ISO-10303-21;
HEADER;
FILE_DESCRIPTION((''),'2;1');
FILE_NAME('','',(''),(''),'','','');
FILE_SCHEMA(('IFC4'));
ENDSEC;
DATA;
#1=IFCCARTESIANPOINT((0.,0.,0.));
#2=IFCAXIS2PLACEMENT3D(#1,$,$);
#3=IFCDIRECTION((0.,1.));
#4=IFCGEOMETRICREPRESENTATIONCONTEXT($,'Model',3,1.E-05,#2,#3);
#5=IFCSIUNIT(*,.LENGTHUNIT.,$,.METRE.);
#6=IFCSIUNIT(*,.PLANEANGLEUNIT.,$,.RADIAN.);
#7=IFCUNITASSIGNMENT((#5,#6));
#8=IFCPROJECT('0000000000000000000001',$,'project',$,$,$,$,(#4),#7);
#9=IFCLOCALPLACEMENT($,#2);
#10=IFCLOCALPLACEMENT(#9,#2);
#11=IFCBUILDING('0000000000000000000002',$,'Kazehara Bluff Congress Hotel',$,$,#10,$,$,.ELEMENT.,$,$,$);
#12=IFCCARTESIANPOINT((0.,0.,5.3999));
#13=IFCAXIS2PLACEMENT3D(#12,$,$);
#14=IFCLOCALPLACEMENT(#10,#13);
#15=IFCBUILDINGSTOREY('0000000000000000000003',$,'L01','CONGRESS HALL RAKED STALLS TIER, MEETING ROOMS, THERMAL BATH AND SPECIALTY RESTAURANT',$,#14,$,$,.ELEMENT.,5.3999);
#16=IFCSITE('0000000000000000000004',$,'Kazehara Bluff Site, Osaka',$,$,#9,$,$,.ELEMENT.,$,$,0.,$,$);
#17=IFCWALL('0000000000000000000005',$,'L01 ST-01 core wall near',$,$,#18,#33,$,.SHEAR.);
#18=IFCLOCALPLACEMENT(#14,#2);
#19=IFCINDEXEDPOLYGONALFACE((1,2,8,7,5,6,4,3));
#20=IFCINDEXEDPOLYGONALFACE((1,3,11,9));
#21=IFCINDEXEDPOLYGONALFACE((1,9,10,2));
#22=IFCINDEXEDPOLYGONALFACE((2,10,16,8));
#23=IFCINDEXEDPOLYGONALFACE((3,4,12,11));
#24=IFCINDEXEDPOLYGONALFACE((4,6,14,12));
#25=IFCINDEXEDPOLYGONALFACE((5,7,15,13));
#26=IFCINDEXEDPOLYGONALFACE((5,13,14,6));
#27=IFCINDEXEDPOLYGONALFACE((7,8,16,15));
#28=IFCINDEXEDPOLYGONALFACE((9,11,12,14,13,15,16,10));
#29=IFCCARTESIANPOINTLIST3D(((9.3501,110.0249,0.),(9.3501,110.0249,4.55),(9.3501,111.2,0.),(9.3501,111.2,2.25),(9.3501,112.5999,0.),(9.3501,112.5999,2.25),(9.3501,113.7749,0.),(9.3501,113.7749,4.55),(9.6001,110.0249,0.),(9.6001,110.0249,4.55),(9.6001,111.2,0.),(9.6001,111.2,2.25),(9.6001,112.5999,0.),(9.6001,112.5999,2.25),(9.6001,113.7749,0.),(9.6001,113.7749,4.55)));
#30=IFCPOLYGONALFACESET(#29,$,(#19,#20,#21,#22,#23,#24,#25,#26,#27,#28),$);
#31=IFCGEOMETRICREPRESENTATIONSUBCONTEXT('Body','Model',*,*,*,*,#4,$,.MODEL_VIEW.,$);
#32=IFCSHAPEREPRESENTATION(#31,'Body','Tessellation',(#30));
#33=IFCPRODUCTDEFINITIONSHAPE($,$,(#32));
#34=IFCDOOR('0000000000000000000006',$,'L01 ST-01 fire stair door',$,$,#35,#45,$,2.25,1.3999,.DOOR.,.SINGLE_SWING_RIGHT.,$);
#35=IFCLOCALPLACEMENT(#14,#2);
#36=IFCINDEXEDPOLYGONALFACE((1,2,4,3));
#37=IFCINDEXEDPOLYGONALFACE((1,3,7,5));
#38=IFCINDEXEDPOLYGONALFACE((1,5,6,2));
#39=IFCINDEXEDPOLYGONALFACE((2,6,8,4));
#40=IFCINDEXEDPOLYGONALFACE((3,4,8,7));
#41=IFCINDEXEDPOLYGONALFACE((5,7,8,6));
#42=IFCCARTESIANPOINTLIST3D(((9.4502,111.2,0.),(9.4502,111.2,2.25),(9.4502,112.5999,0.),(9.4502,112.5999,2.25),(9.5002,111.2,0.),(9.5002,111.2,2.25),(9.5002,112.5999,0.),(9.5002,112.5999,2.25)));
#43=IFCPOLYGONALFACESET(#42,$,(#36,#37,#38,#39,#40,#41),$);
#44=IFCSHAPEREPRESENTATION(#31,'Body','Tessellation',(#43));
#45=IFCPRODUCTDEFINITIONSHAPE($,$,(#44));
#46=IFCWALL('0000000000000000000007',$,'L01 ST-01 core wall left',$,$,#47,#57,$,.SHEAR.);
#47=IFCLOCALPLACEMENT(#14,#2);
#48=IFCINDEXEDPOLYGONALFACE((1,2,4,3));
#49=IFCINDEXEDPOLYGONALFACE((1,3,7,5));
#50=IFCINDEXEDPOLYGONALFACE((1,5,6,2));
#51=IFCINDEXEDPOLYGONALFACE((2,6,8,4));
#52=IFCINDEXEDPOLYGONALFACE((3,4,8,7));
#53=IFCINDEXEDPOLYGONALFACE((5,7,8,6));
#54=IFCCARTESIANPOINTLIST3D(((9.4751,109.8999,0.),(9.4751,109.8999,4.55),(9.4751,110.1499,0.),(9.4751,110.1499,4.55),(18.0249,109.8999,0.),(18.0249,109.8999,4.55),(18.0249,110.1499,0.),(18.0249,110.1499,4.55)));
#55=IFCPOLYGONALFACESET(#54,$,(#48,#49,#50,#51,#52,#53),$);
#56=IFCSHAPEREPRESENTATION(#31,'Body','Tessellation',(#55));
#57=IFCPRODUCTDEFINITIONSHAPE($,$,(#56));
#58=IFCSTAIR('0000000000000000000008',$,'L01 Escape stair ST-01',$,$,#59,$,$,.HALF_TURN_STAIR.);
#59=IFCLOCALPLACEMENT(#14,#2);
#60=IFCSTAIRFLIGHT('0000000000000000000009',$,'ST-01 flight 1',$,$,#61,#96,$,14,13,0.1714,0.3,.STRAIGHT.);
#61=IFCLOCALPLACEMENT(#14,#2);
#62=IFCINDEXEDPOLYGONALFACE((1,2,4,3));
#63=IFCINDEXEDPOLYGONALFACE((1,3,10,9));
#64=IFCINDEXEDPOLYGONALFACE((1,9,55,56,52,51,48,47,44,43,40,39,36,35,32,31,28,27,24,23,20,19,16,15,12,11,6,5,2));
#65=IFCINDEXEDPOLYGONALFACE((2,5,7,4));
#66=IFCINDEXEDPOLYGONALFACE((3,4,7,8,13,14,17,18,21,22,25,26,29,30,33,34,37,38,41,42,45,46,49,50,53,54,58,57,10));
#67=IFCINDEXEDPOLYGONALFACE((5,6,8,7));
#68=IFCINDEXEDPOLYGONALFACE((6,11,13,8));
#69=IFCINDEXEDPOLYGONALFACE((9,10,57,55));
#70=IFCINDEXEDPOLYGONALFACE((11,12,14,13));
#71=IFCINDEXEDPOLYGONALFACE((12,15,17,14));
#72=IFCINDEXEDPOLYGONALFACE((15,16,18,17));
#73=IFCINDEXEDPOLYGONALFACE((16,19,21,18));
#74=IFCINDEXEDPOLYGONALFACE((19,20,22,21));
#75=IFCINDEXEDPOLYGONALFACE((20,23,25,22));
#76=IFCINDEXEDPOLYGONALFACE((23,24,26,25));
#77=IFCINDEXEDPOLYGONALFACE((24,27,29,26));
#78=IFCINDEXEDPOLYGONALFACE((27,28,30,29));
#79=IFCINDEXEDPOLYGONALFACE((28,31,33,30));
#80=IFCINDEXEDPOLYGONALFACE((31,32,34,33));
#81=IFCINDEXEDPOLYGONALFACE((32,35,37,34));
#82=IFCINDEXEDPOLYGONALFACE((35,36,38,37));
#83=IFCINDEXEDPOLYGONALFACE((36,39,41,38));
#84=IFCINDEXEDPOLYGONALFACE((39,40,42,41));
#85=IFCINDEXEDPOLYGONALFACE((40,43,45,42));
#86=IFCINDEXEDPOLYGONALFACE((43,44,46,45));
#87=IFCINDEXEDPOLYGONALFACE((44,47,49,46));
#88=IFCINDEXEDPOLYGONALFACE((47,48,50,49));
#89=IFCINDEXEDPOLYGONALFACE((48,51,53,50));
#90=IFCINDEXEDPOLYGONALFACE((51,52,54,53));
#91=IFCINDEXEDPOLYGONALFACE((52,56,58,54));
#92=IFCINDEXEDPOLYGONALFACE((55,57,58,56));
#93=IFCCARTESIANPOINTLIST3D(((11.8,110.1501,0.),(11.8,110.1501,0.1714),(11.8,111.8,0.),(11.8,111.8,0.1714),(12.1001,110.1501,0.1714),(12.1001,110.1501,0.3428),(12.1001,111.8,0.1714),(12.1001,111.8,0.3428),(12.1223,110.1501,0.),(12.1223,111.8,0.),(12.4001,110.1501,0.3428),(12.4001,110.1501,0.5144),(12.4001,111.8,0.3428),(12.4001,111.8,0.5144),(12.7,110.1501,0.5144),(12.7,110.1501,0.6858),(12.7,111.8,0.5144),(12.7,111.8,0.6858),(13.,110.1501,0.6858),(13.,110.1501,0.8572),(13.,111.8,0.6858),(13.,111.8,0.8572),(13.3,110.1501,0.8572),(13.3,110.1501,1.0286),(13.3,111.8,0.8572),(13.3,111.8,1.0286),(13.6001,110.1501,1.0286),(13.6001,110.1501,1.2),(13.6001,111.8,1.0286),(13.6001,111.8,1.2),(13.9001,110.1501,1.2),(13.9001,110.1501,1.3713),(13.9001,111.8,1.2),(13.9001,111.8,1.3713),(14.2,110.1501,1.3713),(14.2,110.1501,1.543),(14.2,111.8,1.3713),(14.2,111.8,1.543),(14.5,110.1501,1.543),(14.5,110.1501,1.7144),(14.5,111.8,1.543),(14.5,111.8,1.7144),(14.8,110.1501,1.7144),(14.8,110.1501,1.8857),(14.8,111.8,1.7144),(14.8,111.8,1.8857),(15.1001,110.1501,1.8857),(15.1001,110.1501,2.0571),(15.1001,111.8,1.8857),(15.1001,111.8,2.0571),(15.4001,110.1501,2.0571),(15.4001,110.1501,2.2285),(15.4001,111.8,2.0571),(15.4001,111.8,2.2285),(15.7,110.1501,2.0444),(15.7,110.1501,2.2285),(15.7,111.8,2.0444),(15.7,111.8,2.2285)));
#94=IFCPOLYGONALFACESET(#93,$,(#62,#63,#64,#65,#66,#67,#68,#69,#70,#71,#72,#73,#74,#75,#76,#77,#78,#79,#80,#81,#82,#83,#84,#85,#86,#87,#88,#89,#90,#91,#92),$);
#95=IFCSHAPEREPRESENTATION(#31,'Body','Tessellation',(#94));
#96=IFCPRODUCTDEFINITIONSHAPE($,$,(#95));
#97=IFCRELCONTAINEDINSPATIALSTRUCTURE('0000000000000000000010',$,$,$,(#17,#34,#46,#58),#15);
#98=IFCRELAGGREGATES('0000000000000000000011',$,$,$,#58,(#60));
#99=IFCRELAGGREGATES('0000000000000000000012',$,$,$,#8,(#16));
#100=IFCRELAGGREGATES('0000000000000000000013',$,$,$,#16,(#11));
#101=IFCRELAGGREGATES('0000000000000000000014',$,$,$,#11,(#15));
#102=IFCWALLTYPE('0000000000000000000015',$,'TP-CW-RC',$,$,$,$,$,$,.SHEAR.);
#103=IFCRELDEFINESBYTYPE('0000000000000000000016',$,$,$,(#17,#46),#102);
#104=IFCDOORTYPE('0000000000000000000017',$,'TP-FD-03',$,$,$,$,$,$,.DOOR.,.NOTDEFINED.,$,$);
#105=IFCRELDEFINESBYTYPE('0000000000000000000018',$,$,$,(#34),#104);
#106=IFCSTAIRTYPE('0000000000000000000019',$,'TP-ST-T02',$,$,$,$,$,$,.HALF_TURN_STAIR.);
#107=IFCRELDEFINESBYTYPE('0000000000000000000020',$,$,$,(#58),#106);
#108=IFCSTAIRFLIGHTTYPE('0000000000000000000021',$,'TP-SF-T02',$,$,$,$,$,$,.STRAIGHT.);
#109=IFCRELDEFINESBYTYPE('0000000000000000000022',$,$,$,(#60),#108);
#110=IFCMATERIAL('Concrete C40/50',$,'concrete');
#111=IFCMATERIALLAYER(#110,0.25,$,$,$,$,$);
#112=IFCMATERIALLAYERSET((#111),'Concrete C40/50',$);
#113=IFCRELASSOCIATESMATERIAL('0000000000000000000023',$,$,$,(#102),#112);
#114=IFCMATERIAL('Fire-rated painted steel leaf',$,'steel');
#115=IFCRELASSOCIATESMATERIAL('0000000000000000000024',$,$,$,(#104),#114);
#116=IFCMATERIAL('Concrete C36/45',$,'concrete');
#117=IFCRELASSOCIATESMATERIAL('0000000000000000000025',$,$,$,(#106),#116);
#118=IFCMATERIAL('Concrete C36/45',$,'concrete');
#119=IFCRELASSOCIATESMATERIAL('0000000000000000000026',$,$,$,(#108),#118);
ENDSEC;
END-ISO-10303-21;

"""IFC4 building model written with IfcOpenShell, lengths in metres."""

from ifc_helpers import new_model, si_unit, direction, frame, frame_2d, origin, place, context, subcontext, project, spatial, polyline, rectangle, outline, extrude, material, layer, layer_set, type_object, element, fill, aggregate, save


model = new_model("IFC4")

# Units and contexts
model_context = context("Model", 3, precision=1e-05, world=origin(), true_north=direction((0.0, 1.0)))
body_context = subcontext(model_context, "Body", "Model", "MODEL_VIEW")
ifc_project = project(units=[si_unit("LENGTHUNIT", "METRE"), si_unit("PLANEANGLEUNIT", "RADIAN")], contexts=[model_context])

# Site, building, storey
site_placement = place(None, origin())
site = spatial("IfcSite", under=ifc_project, at=site_placement, Name="Kazehara Bluff Site, Osaka", CompositionType="ELEMENT", RefElevation=0.0)
building_placement = place(site_placement, origin())
building = spatial("IfcBuilding", under=site, at=building_placement, Name="Kazehara Bluff Congress Hotel", CompositionType="ELEMENT")
storey_placement = place(building_placement, frame((0.0, 0.0, 5.3999)))
storey = spatial("IfcBuildingStorey", under=building, at=storey_placement, Name="L01", Description="CONGRESS HALL RAKED STALLS TIER, MEETING ROOMS, THERMAL BATH AND SPECIALTY RESTAURANT", CompositionType="ELEMENT", Elevation=5.3999)

# Wall, opening, door
ifc_material_1 = material(Name="Concrete C40/50", Category="concrete")
ifc_layer = layer(ifc_material_1, 0.25)
ifc_layer_set = layer_set([ifc_layer], Name="Concrete C40/50")
wall_type = type_object("IfcWallType", Name="TP-CW-RC", PredefinedType="SHEAR", material=ifc_layer_set)
wall_1_placement = place(storey_placement, frame((9.4751, 110.0249, 0.0), z_axis=(0.0, 0.0, 1.0), x_axis=(0.0, 1.0, 0.0)))
wall_1 = element("IfcWall", 1, at=wall_1_placement, inside=storey, type_object=wall_type, Name="L01 ST-01 core wall near", PredefinedType="SHEAR", context=body_context, shape_type="SweptSolid", body=[
    extrude(rectangle(XDim=3.75, YDim=0.25, at=frame_2d((1.875, 0.0))), origin(), (0.0, 0.0, 1.0), 4.55),
])
opening_placement = place(wall_1_placement, frame((1.175, 0.0, 0.0)))
opening = element("IfcOpeningElement", 2, at=opening_placement, cuts=wall_1, PredefinedType="OPENING", context=body_context, shape_type="SweptSolid", body=[
    extrude(rectangle(XDim=1.3999, YDim=2.25, at=frame_2d((0.7, 1.125))), frame((0.0, 0.135, 0.0), z_axis=(0.0, -1.0, 0.0), x_axis=(1.0, 0.0, 0.0)), (0.0, 0.0, 1.0), 0.27),
])
ifc_material_2 = material(Name="Fire-rated painted steel leaf", Category="steel")
door_type = type_object("IfcDoorType", Name="TP-FD-03", OperationType="NOTDEFINED", PredefinedType="DOOR", material=ifc_material_2)
door_placement = place(opening_placement, origin())
door = element("IfcDoor", 3, at=door_placement, inside=storey, type_object=door_type, Name="L01 ST-01 fire stair door", OperationType="SINGLE_SWING_RIGHT", OverallHeight=2.25, OverallWidth=1.3999, PredefinedType="DOOR", context=body_context, shape_type="SweptSolid", body=[
    extrude(rectangle(XDim=1.3999, YDim=2.25, at=frame_2d((0.7, 1.125))), frame((0.0, 0.0249, 0.0), z_axis=(0.0, -1.0, 0.0), x_axis=(1.0, 0.0, 0.0)), (0.0, 0.0, 1.0), 0.05),
])
fill(opening, door)

# Wall
wall_2_placement = place(storey_placement, frame((18.0249, 110.0249, 0.0), z_axis=(0.0, 0.0, 1.0), x_axis=(-1.0, 0.0, 0.0)))
element("IfcWall", 4, at=wall_2_placement, inside=storey, type_object=wall_type, Name="L01 ST-01 core wall left", PredefinedType="SHEAR", context=body_context, shape_type="SweptSolid", body=[
    extrude(rectangle(XDim=8.5498, YDim=0.25, at=frame_2d((4.2749, 0.0))), origin(), (0.0, 0.0, 1.0), 4.55),
])

# Stair, stair flight
ifc_material_3 = material(Name="Concrete C36/45", Category="concrete")
stair_type = type_object("IfcStairType", Name="TP-ST-T02", PredefinedType="HALF_TURN_STAIR", material=ifc_material_3)
stair_placement = place(storey_placement, origin())
stair = element("IfcStair", 5, at=stair_placement, inside=storey, type_object=stair_type, Name="L01 Escape stair ST-01", PredefinedType="HALF_TURN_STAIR")
ifc_material_4 = material(Name="Concrete C36/45", Category="concrete")
stair_flight_type = type_object("IfcStairFlightType", Name="TP-SF-T02", PredefinedType="STRAIGHT", material=ifc_material_4)
stair_flight_placement = place(storey_placement, frame((11.8, 110.9751, 0.0), z_axis=(0.0, 0.0, 1.0), x_axis=(1.0, 0.0, 0.0)))
stair_flight = element("IfcStairFlight", 6, at=stair_flight_placement, type_object=stair_flight_type, Name="ST-01 flight 1", NumberOfRisers=14, NumberOfTreads=13, PredefinedType="STRAIGHT", RiserHeight=0.1714, TreadLength=0.3, context=body_context, shape_type="SweptSolid", body=[
    extrude(outline(polyline([(0.0, 0.0), (0.0, 0.1714), (0.3, 0.1714), (0.3, 0.3428), (0.6001, 0.3428), (0.6001, 0.5144), (0.8999, 0.5144), (0.8999, 0.6858), (1.2, 0.6858), (1.2, 0.8572), (1.5, 0.8572), (1.5, 1.0286), (1.8, 1.0286), (1.8, 1.2), (2.1001, 1.2), (2.1001, 1.3713), (2.3999, 1.3713), (2.3999, 1.543), (2.7, 1.543), (2.7, 1.7144), (3.0, 1.7144), (3.0, 1.8857), (3.3, 1.8857), (3.3, 2.0571), (3.6001, 2.0571), (3.6001, 2.2285), (3.8999, 2.2285), (3.8999, 2.3999), (3.8999, 2.0444), (0.3223, 0.0), (0.0, 0.0)])), frame((0.0, 0.825, 0.0), z_axis=(0.0, -1.0, 0.0), x_axis=(1.0, 0.0, 0.0)), (0.0, 0.0, 1.0), 1.6499),
])
aggregate(stair, [stair_flight])

save(model, "model.ifc")
